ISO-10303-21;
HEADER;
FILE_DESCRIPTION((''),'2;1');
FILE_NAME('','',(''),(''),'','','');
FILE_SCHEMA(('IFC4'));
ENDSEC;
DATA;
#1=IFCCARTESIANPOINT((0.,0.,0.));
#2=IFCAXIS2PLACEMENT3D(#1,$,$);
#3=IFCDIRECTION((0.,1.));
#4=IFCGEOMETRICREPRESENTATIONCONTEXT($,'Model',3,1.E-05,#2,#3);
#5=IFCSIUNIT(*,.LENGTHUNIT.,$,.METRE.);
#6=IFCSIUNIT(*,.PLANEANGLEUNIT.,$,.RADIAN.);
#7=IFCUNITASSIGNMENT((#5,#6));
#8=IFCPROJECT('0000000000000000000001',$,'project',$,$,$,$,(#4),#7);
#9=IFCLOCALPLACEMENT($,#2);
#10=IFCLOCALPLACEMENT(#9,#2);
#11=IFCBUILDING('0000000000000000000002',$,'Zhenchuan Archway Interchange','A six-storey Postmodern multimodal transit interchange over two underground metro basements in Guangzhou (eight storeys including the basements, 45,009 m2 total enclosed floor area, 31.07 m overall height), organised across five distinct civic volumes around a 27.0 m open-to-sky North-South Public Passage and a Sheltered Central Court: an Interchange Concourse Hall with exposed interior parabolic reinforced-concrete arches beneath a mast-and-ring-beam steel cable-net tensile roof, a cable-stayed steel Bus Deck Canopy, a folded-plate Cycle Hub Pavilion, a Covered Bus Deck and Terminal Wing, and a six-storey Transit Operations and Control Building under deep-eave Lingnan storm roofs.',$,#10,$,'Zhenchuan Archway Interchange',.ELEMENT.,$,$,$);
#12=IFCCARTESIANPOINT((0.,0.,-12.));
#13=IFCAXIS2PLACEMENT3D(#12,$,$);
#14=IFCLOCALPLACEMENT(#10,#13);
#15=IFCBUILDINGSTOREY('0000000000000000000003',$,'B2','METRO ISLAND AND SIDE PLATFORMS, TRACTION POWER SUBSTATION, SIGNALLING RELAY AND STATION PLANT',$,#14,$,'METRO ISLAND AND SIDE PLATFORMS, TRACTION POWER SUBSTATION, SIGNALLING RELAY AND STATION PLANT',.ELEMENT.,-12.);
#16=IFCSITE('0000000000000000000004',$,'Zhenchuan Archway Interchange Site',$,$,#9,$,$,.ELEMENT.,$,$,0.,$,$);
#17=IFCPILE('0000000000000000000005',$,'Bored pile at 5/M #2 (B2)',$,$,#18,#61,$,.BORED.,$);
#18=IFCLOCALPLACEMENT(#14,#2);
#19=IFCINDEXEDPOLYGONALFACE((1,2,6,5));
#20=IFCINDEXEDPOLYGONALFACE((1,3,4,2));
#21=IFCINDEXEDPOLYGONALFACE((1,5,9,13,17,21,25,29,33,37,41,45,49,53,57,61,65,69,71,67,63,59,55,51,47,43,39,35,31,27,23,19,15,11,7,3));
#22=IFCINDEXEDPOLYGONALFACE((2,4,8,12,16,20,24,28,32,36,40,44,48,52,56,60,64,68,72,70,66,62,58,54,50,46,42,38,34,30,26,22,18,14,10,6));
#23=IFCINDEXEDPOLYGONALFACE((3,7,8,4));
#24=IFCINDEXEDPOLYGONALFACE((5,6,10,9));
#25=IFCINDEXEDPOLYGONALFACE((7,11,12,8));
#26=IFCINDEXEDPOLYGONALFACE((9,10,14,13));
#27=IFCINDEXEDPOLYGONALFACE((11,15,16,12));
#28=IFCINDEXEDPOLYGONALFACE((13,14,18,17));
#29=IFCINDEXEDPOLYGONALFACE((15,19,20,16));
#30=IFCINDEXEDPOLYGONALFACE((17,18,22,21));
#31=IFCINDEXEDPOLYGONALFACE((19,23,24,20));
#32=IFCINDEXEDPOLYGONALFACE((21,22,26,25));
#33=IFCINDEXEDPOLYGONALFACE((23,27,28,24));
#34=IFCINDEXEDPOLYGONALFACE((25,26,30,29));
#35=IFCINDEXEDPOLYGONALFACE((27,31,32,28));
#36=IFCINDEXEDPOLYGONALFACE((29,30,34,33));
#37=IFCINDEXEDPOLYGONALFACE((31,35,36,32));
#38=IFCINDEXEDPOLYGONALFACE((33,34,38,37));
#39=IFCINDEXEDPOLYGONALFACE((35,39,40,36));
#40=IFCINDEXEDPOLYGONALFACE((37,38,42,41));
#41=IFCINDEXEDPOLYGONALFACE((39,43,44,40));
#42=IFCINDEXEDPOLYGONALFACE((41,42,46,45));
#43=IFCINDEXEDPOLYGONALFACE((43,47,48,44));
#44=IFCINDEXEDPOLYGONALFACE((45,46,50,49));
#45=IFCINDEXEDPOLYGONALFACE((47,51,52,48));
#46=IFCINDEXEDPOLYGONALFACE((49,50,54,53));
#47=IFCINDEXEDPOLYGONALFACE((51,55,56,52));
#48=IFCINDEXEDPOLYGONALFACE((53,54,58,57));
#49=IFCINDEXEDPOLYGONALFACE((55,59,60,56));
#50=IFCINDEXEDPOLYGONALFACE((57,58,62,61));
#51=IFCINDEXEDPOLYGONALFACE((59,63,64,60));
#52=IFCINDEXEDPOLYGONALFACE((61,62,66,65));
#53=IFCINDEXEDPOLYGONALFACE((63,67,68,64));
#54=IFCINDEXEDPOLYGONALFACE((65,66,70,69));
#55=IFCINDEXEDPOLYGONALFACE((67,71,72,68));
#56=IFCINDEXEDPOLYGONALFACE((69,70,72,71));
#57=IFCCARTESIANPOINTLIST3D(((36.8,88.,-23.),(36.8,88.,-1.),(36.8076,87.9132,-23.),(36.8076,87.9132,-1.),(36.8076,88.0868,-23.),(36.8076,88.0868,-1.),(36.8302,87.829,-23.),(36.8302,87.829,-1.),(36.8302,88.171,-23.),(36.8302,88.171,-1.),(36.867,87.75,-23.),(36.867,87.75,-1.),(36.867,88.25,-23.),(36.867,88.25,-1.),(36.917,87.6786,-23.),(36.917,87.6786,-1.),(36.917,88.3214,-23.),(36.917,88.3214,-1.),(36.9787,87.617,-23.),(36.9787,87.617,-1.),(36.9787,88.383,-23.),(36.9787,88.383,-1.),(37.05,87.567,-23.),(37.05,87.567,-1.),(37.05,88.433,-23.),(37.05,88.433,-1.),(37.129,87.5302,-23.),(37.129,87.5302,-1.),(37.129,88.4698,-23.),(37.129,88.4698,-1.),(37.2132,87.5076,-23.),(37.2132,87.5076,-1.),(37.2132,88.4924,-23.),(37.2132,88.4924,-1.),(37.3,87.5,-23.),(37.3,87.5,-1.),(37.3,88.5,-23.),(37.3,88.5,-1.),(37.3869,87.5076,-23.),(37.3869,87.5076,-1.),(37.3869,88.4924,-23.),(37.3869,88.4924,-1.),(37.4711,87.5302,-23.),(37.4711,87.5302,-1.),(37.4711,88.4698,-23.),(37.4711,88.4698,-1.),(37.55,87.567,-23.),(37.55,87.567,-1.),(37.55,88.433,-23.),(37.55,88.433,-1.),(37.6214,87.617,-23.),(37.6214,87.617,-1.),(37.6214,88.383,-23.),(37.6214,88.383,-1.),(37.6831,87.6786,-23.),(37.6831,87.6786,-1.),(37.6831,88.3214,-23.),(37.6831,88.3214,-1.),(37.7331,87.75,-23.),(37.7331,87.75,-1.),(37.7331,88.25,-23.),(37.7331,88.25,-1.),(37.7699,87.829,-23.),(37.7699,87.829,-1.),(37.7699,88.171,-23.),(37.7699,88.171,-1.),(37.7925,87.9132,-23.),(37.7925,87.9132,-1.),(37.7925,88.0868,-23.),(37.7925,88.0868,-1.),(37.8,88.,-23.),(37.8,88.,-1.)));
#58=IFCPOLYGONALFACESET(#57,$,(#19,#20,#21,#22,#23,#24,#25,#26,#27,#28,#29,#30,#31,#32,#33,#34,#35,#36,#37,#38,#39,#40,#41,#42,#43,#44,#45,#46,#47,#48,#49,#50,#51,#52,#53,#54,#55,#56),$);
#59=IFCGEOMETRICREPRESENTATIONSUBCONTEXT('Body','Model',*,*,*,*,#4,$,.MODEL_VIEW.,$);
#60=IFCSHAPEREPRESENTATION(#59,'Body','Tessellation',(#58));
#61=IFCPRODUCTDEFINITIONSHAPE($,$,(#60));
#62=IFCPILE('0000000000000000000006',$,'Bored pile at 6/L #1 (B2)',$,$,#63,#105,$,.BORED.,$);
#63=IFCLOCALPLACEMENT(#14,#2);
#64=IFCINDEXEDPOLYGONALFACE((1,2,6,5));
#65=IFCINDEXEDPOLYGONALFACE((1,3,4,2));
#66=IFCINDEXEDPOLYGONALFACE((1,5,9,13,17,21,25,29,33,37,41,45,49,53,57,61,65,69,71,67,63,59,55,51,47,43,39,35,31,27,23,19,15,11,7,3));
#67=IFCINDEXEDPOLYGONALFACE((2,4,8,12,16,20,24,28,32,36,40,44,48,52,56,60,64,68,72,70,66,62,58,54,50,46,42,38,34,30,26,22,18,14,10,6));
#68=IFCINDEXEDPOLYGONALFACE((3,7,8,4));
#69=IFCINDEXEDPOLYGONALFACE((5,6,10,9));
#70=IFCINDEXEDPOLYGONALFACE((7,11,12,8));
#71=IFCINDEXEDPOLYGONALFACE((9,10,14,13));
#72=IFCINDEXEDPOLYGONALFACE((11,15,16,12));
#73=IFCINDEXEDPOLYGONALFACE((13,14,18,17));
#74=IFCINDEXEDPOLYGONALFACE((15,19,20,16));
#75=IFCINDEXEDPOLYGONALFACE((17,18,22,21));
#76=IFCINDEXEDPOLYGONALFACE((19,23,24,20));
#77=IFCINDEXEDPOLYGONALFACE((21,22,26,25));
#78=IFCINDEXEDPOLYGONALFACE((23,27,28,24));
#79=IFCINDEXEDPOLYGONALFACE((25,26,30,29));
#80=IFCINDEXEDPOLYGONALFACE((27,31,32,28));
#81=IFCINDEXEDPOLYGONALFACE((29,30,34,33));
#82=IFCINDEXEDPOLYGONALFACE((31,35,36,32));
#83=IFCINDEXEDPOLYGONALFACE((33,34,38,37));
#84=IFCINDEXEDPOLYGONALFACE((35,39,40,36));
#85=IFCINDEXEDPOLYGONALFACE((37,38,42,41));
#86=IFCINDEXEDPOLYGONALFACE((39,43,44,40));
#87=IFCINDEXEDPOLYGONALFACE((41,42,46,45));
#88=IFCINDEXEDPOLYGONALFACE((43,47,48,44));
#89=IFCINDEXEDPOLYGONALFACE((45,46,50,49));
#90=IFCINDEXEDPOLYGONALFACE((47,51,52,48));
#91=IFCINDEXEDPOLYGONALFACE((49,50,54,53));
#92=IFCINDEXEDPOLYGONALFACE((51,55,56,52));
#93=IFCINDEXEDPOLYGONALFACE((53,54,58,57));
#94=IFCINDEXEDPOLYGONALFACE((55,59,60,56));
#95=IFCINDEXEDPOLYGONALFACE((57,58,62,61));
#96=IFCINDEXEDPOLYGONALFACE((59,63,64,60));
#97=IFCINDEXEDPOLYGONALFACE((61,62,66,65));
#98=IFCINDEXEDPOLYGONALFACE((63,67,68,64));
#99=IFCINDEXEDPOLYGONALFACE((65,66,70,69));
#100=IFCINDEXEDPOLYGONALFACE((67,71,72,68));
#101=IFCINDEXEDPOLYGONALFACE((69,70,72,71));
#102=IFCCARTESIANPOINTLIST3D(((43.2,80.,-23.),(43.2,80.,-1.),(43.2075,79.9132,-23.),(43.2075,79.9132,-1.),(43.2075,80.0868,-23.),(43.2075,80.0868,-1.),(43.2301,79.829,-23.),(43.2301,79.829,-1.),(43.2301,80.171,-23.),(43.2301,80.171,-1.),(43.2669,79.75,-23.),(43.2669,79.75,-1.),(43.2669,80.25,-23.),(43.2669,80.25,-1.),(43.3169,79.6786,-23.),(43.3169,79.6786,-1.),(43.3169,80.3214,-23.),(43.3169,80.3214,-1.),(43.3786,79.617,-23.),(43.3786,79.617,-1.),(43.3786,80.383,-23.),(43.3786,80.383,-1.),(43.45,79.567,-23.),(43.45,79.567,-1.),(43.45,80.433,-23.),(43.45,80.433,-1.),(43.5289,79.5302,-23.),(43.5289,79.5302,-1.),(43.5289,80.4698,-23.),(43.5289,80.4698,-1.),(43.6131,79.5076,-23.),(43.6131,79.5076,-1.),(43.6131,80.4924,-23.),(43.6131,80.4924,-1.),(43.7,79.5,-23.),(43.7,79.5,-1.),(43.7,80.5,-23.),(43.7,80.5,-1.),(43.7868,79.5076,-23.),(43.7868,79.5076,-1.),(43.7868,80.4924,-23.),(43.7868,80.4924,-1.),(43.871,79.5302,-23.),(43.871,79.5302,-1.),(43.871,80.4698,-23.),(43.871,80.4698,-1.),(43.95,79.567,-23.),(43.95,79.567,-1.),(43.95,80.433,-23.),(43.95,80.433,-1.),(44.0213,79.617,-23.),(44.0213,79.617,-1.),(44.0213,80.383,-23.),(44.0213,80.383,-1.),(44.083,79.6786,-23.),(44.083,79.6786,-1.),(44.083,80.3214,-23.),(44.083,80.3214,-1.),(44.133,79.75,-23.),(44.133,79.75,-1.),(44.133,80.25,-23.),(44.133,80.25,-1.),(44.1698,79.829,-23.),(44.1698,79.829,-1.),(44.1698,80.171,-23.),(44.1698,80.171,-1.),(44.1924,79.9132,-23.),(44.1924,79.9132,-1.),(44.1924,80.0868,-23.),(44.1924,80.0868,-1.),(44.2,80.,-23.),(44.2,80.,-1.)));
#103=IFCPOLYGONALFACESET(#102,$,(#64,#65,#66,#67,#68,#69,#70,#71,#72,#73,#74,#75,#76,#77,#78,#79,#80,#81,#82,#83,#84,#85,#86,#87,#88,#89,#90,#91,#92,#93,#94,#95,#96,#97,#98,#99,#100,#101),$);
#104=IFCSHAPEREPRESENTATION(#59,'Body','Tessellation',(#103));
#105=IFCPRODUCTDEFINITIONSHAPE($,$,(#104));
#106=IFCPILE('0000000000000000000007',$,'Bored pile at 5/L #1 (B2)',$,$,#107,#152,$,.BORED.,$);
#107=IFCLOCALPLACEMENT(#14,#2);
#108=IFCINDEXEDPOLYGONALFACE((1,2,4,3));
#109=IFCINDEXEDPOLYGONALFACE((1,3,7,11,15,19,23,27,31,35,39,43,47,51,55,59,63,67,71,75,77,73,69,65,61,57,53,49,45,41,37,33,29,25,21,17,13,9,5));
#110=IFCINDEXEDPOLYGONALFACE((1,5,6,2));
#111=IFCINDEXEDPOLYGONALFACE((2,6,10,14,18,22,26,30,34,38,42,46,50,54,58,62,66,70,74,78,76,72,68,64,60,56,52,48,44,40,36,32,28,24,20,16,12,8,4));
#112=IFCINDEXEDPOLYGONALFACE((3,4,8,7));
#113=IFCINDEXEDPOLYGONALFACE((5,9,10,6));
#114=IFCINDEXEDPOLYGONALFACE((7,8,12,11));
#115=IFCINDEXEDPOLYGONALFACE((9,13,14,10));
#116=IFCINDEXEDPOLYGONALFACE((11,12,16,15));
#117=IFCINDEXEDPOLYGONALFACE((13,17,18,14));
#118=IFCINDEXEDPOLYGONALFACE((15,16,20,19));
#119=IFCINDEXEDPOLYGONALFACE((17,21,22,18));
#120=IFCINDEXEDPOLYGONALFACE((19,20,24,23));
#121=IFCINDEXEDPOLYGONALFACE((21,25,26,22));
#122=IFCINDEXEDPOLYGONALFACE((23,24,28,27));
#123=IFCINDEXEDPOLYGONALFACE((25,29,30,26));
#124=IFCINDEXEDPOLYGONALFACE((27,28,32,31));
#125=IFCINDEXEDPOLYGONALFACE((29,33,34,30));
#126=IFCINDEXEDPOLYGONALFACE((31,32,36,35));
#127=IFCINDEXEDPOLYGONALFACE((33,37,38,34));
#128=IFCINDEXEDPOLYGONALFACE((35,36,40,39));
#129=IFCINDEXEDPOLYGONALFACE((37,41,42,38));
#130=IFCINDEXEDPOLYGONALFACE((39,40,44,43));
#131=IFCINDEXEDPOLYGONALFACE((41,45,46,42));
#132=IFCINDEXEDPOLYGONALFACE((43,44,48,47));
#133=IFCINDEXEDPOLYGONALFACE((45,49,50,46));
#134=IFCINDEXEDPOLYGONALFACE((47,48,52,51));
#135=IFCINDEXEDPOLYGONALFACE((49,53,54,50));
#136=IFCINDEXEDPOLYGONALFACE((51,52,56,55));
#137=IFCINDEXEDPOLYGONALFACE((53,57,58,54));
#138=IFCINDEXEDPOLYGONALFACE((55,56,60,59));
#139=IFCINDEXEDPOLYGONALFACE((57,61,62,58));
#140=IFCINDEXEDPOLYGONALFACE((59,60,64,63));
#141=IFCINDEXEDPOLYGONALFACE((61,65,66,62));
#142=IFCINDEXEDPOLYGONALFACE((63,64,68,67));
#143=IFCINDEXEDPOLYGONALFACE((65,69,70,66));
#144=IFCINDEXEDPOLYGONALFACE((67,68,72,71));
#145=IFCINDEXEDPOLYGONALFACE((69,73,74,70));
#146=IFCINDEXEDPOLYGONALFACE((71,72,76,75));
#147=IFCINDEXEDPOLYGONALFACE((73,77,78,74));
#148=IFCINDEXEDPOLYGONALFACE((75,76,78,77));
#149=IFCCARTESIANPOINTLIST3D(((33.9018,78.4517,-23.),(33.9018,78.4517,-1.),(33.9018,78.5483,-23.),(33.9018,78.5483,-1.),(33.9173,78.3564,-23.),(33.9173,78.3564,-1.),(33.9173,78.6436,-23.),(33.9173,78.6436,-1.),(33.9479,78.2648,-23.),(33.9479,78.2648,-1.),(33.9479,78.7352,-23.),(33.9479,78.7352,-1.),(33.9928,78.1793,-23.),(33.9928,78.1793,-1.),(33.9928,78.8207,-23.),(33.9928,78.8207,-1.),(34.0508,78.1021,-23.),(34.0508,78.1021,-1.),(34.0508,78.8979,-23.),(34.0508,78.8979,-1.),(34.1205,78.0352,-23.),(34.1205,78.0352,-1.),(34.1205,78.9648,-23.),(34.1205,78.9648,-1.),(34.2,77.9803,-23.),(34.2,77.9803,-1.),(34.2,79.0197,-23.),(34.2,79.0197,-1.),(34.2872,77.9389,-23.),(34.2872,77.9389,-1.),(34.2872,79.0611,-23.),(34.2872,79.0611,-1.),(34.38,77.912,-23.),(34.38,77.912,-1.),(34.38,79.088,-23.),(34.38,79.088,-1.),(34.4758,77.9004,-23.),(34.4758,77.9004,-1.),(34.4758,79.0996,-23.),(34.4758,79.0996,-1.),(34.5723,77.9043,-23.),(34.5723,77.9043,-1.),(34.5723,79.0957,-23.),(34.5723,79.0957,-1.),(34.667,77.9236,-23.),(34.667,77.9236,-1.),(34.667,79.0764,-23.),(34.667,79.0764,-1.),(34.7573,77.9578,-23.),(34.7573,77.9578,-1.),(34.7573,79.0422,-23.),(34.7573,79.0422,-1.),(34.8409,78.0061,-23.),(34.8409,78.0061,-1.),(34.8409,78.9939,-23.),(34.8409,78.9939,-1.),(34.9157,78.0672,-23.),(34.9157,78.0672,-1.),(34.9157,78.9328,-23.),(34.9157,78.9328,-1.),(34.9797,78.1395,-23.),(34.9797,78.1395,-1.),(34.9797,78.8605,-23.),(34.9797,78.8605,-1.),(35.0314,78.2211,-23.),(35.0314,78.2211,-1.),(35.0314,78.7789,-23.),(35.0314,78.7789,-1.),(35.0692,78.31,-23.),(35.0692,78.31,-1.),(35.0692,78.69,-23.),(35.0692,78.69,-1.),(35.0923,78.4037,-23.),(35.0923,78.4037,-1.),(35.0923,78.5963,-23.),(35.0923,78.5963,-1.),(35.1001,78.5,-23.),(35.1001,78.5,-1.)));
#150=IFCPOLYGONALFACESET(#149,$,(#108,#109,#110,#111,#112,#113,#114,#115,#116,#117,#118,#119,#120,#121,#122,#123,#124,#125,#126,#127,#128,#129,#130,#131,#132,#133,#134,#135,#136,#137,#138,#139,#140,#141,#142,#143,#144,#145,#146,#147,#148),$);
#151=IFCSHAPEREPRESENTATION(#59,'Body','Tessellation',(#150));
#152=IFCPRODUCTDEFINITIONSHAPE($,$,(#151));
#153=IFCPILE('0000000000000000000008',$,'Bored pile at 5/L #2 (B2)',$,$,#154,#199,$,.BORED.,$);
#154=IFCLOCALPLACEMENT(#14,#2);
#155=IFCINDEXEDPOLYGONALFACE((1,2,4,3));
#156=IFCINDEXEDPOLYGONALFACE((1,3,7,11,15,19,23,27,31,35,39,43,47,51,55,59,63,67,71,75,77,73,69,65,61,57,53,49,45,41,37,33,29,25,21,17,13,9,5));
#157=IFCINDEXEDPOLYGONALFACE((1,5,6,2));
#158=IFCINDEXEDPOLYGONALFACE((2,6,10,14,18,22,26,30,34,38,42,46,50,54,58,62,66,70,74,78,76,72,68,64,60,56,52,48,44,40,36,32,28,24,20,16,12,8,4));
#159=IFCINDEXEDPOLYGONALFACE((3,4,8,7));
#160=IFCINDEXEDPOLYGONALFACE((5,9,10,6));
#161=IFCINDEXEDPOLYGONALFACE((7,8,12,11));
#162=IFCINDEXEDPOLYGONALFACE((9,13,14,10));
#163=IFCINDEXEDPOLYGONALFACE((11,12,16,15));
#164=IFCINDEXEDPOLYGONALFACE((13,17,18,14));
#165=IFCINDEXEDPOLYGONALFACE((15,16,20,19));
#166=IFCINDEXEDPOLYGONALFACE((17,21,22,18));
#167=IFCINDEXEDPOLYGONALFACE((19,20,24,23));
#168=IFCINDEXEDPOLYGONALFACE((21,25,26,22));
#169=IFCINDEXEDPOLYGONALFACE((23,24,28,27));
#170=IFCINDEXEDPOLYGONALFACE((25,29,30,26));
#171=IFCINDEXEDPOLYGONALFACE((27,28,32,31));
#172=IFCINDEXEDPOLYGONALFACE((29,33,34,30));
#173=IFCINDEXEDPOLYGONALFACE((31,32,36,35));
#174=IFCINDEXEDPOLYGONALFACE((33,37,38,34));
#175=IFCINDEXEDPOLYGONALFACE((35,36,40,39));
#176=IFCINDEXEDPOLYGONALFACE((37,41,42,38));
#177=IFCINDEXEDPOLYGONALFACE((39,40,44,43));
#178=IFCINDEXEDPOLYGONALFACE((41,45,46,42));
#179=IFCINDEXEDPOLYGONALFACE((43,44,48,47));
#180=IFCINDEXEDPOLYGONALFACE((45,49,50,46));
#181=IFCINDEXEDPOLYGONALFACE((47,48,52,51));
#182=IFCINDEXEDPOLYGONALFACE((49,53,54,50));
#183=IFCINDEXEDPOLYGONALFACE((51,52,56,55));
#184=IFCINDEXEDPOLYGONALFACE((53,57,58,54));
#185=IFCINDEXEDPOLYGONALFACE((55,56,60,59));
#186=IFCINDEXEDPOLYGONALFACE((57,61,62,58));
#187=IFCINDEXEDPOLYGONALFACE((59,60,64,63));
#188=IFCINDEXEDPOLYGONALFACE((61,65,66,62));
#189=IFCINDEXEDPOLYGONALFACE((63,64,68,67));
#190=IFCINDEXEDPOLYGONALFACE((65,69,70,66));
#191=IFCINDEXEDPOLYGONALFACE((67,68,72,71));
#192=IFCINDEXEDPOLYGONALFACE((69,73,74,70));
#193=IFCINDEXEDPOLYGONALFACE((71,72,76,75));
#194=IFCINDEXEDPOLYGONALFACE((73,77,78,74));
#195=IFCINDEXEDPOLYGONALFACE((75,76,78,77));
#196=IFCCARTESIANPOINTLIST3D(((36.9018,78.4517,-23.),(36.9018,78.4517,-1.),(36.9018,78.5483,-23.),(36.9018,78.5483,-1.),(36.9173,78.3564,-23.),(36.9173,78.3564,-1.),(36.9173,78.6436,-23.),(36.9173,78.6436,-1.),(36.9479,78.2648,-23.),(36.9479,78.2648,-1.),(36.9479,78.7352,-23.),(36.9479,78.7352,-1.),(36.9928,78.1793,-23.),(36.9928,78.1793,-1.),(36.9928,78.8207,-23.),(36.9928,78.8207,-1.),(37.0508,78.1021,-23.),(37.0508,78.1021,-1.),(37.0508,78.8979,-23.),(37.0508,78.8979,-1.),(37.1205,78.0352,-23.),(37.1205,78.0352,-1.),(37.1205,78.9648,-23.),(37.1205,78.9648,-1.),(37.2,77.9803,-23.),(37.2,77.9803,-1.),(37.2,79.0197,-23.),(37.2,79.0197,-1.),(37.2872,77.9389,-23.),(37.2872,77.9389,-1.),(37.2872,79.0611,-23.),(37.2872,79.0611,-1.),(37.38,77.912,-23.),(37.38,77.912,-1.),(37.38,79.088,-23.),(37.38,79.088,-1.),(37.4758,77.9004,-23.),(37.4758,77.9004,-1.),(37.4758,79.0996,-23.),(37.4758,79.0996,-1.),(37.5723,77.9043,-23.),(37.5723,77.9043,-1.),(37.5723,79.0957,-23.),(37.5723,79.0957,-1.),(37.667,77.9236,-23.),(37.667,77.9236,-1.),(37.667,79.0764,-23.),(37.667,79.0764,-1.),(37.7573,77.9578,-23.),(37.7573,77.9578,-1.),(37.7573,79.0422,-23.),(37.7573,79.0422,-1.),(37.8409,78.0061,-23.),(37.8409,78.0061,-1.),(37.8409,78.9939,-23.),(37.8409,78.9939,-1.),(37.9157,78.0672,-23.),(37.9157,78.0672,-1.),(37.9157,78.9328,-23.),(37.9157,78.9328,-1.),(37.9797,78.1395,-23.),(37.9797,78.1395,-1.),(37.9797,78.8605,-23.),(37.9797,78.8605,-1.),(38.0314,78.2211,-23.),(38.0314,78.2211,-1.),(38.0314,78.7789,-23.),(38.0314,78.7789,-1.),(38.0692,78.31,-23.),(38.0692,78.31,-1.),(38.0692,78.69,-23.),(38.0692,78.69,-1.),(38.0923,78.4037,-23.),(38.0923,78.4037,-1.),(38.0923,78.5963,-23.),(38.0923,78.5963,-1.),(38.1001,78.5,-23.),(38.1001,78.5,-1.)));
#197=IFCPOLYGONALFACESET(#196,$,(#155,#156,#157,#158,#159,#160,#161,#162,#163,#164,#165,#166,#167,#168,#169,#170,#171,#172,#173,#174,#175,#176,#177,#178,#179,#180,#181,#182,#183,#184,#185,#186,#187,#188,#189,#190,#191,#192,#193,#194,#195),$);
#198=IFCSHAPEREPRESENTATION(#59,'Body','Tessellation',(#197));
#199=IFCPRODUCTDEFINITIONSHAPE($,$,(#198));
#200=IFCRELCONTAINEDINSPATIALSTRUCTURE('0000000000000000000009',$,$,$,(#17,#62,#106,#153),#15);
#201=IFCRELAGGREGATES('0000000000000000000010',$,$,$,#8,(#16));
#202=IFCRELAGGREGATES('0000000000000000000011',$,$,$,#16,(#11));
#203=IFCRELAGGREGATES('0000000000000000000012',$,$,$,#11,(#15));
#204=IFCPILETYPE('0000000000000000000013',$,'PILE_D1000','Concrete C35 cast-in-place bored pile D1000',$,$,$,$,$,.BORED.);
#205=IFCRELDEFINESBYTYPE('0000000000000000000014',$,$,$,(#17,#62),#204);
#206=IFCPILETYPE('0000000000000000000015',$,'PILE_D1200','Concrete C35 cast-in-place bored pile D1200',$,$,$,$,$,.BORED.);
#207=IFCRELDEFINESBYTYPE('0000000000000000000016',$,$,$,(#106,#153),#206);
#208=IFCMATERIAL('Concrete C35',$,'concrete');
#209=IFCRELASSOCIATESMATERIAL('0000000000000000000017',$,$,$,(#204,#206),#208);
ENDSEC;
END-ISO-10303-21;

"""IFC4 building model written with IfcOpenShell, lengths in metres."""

from ifc_helpers import new_model, si_unit, direction, frame, origin, origin_2d, place, context, subcontext, project, spatial, circle, extrude, material, material_profile, profile_set, type_object, element, save


model = new_model("IFC4")

# Units and contexts
model_context = context("Model", 3, precision=1e-05, world=origin(), true_north=direction((0.0, 1.0)))
body_context = subcontext(model_context, "Body", "Model", "MODEL_VIEW")
ifc_project = project(units=[si_unit("LENGTHUNIT", "METRE"), si_unit("PLANEANGLEUNIT", "RADIAN")], contexts=[model_context])

# Site, building, storey
site_placement = place(None, origin())
site = spatial("IfcSite", under=ifc_project, at=site_placement, Name="Zhenchuan Archway Interchange Site", CompositionType="ELEMENT", RefElevation=0.0)
building_placement = place(site_placement, origin())
building = spatial("IfcBuilding", under=site, at=building_placement, Name="Zhenchuan Archway Interchange", Description="A six-storey Postmodern multimodal transit interchange over two underground metro basements in Guangzhou (eight storeys including the basements, 45,009 m2 total enclosed floor area, 31.07 m overall height), organised across five distinct civic volumes around a 27.0 m open-to-sky North-South Public Passage and a Sheltered Central Court: an Interchange Concourse Hall with exposed interior parabolic reinforced-concrete arches beneath a mast-and-ring-beam steel cable-net tensile roof, a cable-stayed steel Bus Deck Canopy, a folded-plate Cycle Hub Pavilion, a Covered Bus Deck and Terminal Wing, and a six-storey Transit Operations and Control Building under deep-eave Lingnan storm roofs.", LongName="Zhenchuan Archway Interchange", CompositionType="ELEMENT")
storey_placement = place(building_placement, frame((0.0, 0.0, -12.0)))
storey = spatial("IfcBuildingStorey", under=building, at=storey_placement, Name="B2", Description="METRO ISLAND AND SIDE PLATFORMS, TRACTION POWER SUBSTATION, SIGNALLING RELAY AND STATION PLANT", LongName="METRO ISLAND AND SIDE PLATFORMS, TRACTION POWER SUBSTATION, SIGNALLING RELAY AND STATION PLANT", CompositionType="ELEMENT", Elevation=-12.0)

# Piles
ifc_material_1 = material(Name="Concrete C35", Category="concrete")
ifc_material_profile_1 = material_profile(ifc_material_1, circle(Radius=0.5, at=origin_2d()), Name="BORED PILE 1000")
ifc_profile_set_1 = profile_set([ifc_material_profile_1], Name="Concrete C35")
pile_type_1 = type_object("IfcPileType", Name="PILE_D1000", Description="Concrete C35 cast-in-place bored pile D1000", PredefinedType="BORED", material=ifc_profile_set_1)
for number, where, z_axis, x_axis, name in (
    (1, (37.3, 88.0, -1.0), (0.0, 0.0, -1.0), (1.0, 0.0, 0.0), "Bored pile at 5/M #2 (B2)"),
    (2, (43.7, 80.0, -1.0), (0.0, 0.0, -1.0), (1.0, 0.0, 0.0), "Bored pile at 6/L #1 (B2)"),
):
    element("IfcPile", number, at=place(storey_placement, frame(where, z_axis=z_axis, x_axis=x_axis)), inside=storey, type_object=pile_type_1, Name=name, PredefinedType="BORED", context=body_context, shape_type="SweptSolid", body=[
        extrude(circle(Radius=0.5, at=origin_2d()), origin(), (0.0, 0.0, 1.0), 22.0),
    ])
ifc_material_profile_2 = material_profile(ifc_material_1, circle(Radius=0.6001, at=origin_2d()), Name="BORED PILE 1200")
ifc_profile_set_2 = profile_set([ifc_material_profile_2], Name="Concrete C35")
pile_type_2 = type_object("IfcPileType", Name="PILE_D1200", Description="Concrete C35 cast-in-place bored pile D1200", PredefinedType="BORED", material=ifc_profile_set_2)
for number, where, z_axis, x_axis, name in (
    (3, (34.5, 78.5, -1.0), (0.0, 0.0, -1.0), (1.0, 0.0, 0.0), "Bored pile at 5/L #1 (B2)"),
    (4, (37.5, 78.5, -1.0), (0.0, 0.0, -1.0), (1.0, 0.0, 0.0), "Bored pile at 5/L #2 (B2)"),
):
    element("IfcPile", number, at=place(storey_placement, frame(where, z_axis=z_axis, x_axis=x_axis)), inside=storey, type_object=pile_type_2, Name=name, PredefinedType="BORED", context=body_context, shape_type="SweptSolid", body=[
        extrude(circle(Radius=0.6001, at=origin_2d()), origin(), (0.0, 0.0, 1.0), 22.0),
    ])

save(model, "model.ifc")
